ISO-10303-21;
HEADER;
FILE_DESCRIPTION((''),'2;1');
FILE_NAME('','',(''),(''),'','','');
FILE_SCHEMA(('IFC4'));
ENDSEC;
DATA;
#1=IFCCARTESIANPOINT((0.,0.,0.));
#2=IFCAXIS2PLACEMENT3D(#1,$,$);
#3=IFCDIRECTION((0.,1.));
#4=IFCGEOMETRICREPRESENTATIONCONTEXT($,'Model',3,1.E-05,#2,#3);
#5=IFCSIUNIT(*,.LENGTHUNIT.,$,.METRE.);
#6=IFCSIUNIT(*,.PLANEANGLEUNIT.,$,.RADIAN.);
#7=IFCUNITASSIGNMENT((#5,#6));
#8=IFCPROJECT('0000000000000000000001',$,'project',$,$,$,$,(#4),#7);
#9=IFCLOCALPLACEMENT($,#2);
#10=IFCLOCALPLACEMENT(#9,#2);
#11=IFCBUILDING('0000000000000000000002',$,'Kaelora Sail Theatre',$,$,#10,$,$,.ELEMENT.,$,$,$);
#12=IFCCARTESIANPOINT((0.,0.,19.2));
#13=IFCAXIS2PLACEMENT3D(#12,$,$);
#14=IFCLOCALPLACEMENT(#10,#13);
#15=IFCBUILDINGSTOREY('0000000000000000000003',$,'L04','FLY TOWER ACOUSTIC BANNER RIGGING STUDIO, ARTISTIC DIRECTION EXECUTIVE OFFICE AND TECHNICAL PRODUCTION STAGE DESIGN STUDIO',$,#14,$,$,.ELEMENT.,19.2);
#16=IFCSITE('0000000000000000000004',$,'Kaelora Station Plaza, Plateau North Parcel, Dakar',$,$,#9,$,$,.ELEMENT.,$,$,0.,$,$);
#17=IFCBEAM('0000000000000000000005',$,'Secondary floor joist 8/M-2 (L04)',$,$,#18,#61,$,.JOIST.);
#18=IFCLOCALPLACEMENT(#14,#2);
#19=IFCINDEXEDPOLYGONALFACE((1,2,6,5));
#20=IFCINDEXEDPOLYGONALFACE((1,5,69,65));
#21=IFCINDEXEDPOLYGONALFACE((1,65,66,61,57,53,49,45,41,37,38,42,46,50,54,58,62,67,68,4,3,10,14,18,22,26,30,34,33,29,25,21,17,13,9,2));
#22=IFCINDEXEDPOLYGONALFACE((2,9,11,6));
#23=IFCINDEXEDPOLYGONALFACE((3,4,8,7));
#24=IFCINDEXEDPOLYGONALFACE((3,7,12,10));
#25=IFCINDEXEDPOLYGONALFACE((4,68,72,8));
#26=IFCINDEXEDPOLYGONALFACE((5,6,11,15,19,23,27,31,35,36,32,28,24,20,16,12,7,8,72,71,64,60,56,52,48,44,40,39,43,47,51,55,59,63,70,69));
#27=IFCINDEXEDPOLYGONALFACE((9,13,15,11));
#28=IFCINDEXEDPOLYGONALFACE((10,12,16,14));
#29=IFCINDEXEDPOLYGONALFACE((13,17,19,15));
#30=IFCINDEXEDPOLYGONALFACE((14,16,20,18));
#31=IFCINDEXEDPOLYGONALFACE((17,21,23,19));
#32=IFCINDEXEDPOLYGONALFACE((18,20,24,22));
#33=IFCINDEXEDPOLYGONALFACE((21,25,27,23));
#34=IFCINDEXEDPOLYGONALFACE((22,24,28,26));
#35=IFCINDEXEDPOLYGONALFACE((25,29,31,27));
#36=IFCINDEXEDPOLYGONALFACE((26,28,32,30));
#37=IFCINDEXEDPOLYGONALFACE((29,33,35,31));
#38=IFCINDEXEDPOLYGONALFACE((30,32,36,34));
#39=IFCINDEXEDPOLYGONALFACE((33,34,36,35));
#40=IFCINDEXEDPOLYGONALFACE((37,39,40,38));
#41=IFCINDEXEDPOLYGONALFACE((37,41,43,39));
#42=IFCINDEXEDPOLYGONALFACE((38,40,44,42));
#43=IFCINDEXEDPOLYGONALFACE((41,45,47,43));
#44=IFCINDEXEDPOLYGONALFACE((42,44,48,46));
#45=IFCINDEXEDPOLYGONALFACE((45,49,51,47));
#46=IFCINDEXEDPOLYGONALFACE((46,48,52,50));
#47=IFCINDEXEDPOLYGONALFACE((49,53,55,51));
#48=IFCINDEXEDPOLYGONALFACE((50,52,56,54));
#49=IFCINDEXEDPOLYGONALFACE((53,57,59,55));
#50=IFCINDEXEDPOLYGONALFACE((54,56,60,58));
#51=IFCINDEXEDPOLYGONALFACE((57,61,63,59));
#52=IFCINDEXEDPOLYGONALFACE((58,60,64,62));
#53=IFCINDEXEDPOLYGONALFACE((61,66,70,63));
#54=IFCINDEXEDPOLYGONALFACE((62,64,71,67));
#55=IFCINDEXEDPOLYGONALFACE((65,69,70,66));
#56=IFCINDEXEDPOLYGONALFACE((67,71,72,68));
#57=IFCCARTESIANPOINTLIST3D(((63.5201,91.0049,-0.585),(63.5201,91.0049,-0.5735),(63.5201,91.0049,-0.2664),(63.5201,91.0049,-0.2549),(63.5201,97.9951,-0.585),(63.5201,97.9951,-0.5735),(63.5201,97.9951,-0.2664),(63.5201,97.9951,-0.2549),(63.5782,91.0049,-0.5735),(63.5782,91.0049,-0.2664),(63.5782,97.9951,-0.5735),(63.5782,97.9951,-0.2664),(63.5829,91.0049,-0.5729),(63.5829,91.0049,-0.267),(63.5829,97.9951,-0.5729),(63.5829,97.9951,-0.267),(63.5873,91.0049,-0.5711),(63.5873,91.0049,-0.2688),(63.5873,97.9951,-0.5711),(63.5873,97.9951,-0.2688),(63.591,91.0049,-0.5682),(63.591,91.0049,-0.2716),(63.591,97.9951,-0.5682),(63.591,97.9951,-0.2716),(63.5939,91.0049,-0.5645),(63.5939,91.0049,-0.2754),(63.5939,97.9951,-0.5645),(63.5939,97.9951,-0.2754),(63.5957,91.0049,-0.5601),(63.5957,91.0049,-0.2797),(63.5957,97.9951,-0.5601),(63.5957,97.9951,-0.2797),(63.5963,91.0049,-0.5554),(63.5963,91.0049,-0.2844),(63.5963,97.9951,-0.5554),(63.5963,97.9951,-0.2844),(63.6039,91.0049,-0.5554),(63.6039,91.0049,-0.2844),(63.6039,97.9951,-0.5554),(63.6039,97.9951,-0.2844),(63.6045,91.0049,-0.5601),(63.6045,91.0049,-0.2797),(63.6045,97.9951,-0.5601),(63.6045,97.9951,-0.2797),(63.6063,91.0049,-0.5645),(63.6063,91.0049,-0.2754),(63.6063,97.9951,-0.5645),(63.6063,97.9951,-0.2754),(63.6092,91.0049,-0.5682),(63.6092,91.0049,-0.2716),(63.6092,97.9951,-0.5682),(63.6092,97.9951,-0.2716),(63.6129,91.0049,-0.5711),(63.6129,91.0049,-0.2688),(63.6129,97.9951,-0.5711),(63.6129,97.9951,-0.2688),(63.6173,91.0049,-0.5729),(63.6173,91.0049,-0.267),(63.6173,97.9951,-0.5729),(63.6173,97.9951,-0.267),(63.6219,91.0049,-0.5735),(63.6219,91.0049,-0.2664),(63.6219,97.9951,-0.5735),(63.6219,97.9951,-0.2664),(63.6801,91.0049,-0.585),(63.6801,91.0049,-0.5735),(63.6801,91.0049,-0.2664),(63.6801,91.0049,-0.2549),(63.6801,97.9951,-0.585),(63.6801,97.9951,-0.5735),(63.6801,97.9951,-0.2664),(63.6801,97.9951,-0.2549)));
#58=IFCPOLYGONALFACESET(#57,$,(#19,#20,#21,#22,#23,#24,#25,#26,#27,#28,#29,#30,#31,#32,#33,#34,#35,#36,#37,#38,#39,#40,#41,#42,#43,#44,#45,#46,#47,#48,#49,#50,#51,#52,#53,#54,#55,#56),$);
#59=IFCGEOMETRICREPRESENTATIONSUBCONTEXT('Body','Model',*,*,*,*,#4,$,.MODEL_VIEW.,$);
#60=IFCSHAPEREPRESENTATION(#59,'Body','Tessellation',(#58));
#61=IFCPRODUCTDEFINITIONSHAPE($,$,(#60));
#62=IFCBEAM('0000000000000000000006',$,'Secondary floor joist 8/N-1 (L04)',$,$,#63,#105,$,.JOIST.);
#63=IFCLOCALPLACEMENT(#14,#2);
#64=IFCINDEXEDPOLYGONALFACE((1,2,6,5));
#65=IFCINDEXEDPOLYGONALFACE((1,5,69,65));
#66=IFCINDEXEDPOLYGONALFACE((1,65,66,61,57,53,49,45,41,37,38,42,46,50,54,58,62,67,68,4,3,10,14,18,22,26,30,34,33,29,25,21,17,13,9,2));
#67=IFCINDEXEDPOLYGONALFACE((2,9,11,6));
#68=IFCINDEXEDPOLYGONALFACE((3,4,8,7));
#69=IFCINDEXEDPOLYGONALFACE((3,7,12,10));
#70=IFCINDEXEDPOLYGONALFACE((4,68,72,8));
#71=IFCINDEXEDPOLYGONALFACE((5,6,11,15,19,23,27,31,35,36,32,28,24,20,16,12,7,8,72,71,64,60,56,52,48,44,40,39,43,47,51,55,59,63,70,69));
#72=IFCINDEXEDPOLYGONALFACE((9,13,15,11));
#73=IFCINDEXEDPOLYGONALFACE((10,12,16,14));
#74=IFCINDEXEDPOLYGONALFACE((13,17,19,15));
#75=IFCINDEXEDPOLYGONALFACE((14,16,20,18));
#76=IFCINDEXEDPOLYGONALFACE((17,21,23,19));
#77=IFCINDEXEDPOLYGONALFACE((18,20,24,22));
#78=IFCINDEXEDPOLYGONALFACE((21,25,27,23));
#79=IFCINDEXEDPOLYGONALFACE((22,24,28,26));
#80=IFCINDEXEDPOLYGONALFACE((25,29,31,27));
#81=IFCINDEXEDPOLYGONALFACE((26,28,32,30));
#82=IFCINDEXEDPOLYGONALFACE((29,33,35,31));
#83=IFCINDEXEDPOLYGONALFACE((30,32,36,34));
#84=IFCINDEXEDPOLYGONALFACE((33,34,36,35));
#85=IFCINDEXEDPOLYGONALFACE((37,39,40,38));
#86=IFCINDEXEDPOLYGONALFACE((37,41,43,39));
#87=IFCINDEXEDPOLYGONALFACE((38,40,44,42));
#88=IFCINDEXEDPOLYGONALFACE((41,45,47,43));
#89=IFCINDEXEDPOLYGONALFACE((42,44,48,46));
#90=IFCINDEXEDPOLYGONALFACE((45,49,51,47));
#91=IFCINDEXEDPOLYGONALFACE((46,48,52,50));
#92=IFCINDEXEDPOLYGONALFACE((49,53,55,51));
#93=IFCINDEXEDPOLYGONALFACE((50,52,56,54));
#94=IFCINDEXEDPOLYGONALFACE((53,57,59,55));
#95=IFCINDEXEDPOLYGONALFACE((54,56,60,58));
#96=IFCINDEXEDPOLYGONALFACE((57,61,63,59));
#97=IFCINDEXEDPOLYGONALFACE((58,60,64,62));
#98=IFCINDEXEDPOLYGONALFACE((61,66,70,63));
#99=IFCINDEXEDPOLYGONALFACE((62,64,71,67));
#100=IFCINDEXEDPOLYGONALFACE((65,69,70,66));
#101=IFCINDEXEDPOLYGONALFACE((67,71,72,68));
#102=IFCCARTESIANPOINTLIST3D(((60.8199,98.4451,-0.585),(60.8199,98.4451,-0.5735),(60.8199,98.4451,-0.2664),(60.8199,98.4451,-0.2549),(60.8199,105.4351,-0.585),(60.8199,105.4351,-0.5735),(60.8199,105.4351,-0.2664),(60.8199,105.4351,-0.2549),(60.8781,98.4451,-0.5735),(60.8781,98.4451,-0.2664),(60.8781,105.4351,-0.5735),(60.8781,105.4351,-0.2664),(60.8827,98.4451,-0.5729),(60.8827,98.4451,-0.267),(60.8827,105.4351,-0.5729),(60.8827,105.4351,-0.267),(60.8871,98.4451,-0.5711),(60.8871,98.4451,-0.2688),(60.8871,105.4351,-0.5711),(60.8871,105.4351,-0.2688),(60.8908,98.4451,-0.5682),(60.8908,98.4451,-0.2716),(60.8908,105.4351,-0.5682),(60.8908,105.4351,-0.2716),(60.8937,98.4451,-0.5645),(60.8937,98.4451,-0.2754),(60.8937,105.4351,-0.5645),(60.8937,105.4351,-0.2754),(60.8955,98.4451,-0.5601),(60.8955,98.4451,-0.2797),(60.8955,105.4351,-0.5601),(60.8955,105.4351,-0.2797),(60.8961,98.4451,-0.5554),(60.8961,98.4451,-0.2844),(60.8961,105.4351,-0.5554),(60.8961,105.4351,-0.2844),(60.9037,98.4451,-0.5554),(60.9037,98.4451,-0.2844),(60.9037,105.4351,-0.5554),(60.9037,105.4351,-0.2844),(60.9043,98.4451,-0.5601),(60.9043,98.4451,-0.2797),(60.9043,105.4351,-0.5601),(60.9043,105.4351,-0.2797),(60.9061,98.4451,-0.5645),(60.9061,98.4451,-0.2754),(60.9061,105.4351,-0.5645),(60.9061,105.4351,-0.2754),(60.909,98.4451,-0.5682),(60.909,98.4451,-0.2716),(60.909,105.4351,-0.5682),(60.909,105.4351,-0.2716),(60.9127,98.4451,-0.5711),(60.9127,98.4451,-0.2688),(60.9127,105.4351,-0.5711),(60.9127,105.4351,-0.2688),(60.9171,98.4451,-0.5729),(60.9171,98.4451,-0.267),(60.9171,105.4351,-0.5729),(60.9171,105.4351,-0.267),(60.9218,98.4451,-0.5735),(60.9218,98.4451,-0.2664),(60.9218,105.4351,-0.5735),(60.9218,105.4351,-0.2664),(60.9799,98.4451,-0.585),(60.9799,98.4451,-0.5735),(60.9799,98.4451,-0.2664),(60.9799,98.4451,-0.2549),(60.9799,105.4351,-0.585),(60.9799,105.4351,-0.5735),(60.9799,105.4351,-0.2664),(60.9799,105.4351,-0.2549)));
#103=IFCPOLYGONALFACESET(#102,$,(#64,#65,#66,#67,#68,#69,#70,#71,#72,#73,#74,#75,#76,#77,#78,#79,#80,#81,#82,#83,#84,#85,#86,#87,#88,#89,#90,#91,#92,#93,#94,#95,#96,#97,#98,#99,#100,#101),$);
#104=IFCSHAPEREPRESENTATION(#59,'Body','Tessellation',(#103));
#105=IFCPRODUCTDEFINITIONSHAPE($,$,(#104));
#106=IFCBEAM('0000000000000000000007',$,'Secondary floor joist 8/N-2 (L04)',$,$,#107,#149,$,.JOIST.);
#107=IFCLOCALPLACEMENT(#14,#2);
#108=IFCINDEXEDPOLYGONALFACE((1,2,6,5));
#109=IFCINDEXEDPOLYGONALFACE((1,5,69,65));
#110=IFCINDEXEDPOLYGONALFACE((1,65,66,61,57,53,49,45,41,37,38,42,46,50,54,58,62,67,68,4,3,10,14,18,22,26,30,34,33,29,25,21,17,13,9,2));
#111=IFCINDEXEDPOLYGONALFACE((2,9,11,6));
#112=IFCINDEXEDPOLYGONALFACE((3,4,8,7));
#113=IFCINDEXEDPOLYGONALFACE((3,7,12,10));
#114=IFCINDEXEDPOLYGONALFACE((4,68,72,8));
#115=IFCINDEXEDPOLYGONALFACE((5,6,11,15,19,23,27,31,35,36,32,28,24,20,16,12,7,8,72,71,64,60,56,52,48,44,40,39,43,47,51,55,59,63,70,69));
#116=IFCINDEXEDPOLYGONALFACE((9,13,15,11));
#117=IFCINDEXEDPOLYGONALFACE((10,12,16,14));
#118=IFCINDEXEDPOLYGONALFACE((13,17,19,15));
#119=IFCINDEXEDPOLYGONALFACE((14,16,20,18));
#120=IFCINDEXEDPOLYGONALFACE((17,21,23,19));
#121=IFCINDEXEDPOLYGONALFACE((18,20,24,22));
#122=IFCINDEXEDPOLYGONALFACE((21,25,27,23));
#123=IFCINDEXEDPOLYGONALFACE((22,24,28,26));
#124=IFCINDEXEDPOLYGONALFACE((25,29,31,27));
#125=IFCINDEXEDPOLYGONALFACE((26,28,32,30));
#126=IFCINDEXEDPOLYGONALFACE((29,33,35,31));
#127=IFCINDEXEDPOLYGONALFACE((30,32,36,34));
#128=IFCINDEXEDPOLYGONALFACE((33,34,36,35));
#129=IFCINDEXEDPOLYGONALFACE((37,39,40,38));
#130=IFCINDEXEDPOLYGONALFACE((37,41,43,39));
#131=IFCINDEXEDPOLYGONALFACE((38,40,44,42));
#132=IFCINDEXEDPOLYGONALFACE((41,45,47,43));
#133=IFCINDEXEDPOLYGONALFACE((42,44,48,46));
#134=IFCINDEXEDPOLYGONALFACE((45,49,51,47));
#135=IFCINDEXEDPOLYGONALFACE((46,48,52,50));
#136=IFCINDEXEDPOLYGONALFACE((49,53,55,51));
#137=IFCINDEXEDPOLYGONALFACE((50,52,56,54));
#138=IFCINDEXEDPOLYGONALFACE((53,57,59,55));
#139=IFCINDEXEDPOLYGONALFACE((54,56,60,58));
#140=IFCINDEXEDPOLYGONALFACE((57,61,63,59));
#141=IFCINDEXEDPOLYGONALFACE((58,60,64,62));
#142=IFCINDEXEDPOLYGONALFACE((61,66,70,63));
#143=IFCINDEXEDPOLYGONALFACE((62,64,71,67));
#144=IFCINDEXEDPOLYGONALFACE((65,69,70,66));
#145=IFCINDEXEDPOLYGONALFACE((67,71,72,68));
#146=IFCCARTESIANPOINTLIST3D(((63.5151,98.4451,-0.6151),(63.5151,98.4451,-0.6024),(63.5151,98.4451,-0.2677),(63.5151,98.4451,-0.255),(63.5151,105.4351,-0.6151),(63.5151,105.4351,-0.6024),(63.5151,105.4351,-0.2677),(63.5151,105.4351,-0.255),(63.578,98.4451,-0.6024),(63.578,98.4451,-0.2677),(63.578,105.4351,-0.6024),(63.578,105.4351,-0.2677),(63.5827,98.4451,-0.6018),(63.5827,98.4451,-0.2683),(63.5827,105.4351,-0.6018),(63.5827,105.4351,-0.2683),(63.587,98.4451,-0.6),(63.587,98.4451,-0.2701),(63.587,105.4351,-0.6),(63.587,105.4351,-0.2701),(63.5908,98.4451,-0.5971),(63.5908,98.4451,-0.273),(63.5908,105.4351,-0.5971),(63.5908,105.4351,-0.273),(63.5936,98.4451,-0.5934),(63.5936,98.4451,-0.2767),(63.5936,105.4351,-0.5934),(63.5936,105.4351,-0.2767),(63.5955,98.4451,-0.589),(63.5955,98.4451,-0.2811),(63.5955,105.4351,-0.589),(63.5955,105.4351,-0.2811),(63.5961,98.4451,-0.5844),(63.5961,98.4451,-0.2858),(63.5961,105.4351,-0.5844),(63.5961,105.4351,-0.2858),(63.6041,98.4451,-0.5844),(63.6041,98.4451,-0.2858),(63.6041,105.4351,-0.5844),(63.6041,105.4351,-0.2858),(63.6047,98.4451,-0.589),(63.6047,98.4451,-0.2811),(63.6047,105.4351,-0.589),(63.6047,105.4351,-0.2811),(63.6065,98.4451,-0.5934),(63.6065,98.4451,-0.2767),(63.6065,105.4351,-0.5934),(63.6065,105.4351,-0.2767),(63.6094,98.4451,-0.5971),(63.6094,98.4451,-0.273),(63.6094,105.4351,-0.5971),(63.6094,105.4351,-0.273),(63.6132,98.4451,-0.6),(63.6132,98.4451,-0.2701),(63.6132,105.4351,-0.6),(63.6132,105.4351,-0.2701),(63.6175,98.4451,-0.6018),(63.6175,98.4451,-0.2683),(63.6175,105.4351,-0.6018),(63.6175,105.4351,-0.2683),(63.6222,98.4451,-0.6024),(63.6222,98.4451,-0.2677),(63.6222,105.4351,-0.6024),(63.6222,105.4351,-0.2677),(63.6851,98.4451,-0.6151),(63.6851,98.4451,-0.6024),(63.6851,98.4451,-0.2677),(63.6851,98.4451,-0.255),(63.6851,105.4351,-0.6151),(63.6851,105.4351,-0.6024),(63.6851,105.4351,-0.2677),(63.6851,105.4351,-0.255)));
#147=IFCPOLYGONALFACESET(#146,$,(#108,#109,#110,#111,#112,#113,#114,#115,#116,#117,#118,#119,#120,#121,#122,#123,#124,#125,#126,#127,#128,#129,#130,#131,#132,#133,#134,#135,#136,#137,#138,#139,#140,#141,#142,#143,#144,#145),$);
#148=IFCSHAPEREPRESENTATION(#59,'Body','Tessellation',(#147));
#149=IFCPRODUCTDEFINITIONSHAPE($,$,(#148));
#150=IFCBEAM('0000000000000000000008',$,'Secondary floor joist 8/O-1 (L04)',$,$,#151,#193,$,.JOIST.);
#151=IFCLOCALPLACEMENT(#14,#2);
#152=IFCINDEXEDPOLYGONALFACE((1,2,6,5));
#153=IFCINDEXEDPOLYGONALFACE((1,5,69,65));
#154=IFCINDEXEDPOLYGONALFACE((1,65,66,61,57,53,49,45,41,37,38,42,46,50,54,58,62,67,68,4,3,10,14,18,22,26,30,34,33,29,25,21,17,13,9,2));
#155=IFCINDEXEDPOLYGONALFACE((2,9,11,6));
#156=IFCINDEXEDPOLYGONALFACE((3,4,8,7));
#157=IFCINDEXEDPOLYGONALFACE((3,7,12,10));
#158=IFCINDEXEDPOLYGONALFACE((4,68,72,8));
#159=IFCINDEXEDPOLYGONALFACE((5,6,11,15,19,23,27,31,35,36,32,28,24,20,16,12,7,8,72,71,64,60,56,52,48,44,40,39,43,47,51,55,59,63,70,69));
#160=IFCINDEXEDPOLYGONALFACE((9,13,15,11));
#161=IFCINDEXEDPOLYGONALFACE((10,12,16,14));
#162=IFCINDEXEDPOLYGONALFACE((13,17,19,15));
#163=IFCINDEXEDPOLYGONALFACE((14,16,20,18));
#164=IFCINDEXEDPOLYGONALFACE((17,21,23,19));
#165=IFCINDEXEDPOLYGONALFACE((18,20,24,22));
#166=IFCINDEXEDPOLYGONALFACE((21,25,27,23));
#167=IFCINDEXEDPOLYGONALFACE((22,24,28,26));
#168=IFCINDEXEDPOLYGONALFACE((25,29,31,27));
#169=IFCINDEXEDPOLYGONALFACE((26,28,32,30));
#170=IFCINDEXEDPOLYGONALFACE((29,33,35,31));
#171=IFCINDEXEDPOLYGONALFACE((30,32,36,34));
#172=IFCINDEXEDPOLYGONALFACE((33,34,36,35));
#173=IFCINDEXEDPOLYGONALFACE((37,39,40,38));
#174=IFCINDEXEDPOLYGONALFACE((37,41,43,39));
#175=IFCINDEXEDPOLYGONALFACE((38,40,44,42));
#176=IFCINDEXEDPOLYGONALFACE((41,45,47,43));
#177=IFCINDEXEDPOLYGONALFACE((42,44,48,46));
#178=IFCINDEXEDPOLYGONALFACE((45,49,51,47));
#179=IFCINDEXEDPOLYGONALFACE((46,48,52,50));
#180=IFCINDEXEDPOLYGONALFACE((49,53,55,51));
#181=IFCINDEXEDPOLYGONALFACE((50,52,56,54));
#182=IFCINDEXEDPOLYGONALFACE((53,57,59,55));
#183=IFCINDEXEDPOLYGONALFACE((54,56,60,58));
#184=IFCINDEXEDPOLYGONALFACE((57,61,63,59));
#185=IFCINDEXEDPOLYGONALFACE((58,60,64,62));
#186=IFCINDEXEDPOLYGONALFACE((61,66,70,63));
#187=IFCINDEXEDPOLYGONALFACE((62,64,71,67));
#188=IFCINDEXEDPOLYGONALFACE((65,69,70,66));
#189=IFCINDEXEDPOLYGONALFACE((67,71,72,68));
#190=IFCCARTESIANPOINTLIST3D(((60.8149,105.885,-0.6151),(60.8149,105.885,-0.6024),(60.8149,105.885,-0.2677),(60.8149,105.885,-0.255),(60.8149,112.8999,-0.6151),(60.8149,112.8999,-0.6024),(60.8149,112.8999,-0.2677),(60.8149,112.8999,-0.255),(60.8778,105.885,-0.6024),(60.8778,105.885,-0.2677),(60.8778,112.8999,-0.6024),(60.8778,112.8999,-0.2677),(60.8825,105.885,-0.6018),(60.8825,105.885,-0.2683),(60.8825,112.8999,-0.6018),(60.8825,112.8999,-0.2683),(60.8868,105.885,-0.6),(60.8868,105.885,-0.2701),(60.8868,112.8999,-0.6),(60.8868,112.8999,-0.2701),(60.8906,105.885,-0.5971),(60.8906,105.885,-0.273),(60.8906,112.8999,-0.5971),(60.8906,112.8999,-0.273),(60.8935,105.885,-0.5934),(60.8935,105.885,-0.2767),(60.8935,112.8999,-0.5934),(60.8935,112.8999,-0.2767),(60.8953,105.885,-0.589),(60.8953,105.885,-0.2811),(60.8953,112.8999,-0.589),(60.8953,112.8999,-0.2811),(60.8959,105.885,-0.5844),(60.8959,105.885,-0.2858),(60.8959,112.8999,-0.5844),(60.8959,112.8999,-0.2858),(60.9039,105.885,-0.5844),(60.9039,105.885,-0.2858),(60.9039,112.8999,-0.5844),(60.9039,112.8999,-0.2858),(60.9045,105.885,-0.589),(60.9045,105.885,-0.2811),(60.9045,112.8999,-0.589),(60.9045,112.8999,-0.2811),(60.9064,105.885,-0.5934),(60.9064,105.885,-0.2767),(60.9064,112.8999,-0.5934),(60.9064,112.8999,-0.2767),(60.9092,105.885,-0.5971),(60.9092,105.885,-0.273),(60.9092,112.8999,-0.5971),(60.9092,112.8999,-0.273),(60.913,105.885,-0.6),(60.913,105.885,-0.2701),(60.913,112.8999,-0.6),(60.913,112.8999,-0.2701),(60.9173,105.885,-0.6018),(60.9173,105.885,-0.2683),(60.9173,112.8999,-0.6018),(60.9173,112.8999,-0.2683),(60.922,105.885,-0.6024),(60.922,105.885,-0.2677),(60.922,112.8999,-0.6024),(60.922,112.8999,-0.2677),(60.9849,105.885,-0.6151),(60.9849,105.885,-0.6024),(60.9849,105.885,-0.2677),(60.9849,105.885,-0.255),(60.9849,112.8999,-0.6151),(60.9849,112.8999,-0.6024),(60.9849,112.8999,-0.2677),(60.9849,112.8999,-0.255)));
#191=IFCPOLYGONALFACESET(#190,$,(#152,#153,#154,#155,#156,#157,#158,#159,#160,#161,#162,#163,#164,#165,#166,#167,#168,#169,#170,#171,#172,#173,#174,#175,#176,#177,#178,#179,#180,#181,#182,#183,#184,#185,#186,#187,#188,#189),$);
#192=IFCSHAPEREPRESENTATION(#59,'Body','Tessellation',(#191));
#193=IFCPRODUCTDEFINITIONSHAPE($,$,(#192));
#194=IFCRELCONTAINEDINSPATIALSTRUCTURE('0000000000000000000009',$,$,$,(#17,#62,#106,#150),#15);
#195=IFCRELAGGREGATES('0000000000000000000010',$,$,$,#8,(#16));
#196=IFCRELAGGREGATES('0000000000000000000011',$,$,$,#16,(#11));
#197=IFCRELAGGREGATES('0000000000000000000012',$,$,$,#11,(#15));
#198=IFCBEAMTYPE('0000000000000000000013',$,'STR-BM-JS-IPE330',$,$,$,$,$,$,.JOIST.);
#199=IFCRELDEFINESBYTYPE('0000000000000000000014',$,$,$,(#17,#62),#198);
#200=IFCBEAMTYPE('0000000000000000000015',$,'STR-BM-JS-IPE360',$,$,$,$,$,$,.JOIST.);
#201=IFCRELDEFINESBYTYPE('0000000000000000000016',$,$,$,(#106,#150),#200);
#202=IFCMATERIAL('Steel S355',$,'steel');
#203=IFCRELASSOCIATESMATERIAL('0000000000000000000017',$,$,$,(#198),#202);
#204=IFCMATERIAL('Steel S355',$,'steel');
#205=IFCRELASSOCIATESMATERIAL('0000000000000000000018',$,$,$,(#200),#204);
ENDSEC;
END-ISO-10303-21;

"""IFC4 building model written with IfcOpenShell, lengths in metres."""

from ifc_helpers import new_model, si_unit, direction, frame, origin, origin_2d, place, context, subcontext, project, spatial, i_section, extrude, material, material_profile, profile_set, type_object, element, save


model = new_model("IFC4")

# Units and contexts
model_context = context("Model", 3, precision=1e-05, world=origin(), true_north=direction((0.0, 1.0)))
body_context = subcontext(model_context, "Body", "Model", "MODEL_VIEW")
ifc_project = project(units=[si_unit("LENGTHUNIT", "METRE"), si_unit("PLANEANGLEUNIT", "RADIAN")], contexts=[model_context])

# Site, building, storey
site_placement = place(None, origin())
site = spatial("IfcSite", under=ifc_project, at=site_placement, Name="Kaelora Station Plaza, Plateau North Parcel, Dakar", CompositionType="ELEMENT", RefElevation=0.0)
building_placement = place(site_placement, origin())
building = spatial("IfcBuilding", under=site, at=building_placement, Name="Kaelora Sail Theatre", CompositionType="ELEMENT")
storey_placement = place(building_placement, frame((0.0, 0.0, 19.2)))
storey = spatial("IfcBuildingStorey", under=building, at=storey_placement, Name="L04", Description="FLY TOWER ACOUSTIC BANNER RIGGING STUDIO, ARTISTIC DIRECTION EXECUTIVE OFFICE AND TECHNICAL PRODUCTION STAGE DESIGN STUDIO", CompositionType="ELEMENT", Elevation=19.2)

# Beams
ifc_material_1 = material(Name="Steel S355", Category="steel")
ifc_material_profile_1 = material_profile(ifc_material_1, i_section(OverallWidth=0.1599, OverallDepth=0.3301, WebThickness=0.0076, FlangeThickness=0.0115, FilletRadius=0.0181, at=origin_2d()), Name="IPE 330")
ifc_profile_set_1 = profile_set([ifc_material_profile_1], Name="Steel S355")
beam_type_1 = type_object("IfcBeamType", Name="STR-BM-JS-IPE330", PredefinedType="JOIST", material=ifc_profile_set_1)
beam_1_placement = place(storey_placement, frame((63.6001, 91.0049, -0.4199), z_axis=(0.0, 1.0, 0.0), x_axis=(-1.0, 0.0, 0.0)))
element("IfcBeam", 1, at=beam_1_placement, inside=storey, type_object=beam_type_1, Name="Secondary floor joist 8/M-2 (L04)", PredefinedType="JOIST", context=body_context, shape_type="SweptSolid", body=[
    extrude(i_section(OverallWidth=0.1599, OverallDepth=0.3301, WebThickness=0.0076, FlangeThickness=0.0115, FilletRadius=0.0181, at=origin_2d()), origin(), (0.0, 0.0, 1.0), 6.9902),
])
beam_2_placement = place(storey_placement, frame((60.8999, 98.4451, -0.4199), z_axis=(0.0, 1.0, 0.0), x_axis=(-1.0, 0.0, 0.0)))
element("IfcBeam", 2, at=beam_2_placement, inside=storey, type_object=beam_type_1, Name="Secondary floor joist 8/N-1 (L04)", PredefinedType="JOIST", context=body_context, shape_type="SweptSolid", body=[
    extrude(i_section(OverallWidth=0.1599, OverallDepth=0.3301, WebThickness=0.0076, FlangeThickness=0.0115, FilletRadius=0.0181, at=origin_2d()), origin(), (0.0, 0.0, 1.0), 6.99),
])
ifc_material_2 = material(Name="Steel S355", Category="steel")
ifc_material_profile_2 = material_profile(ifc_material_2, i_section(OverallWidth=0.1699, OverallDepth=0.3601, WebThickness=0.0081, FlangeThickness=0.0127, FilletRadius=0.0181, at=origin_2d()), Name="IPE 360")
ifc_profile_set_2 = profile_set([ifc_material_profile_2], Name="Steel S355")
beam_type_2 = type_object("IfcBeamType", Name="STR-BM-JS-IPE360", PredefinedType="JOIST", material=ifc_profile_set_2)
beam_3_placement = place(storey_placement, frame((63.6001, 98.4451, -0.4351), z_axis=(0.0, 1.0, 0.0), x_axis=(-1.0, 0.0, 0.0)))
element("IfcBeam", 3, at=beam_3_placement, inside=storey, type_object=beam_type_2, Name="Secondary floor joist 8/N-2 (L04)", PredefinedType="JOIST", context=body_context, shape_type="SweptSolid", body=[
    extrude(i_section(OverallWidth=0.1699, OverallDepth=0.3601, WebThickness=0.0081, FlangeThickness=0.0127, FilletRadius=0.0181, at=origin_2d()), origin(), (0.0, 0.0, 1.0), 6.99),
])
beam_4_placement = place(storey_placement, frame((60.8999, 105.885, -0.4351), z_axis=(0.0, 1.0, 0.0), x_axis=(-1.0, 0.0, 0.0)))
element("IfcBeam", 4, at=beam_4_placement, inside=storey, type_object=beam_type_2, Name="Secondary floor joist 8/O-1 (L04)", PredefinedType="JOIST", context=body_context, shape_type="SweptSolid", body=[
    extrude(i_section(OverallWidth=0.1699, OverallDepth=0.3601, WebThickness=0.0081, FlangeThickness=0.0127, FilletRadius=0.0181, at=origin_2d()), origin(), (0.0, 0.0, 1.0), 7.0149),
])

save(model, "model.ifc")
